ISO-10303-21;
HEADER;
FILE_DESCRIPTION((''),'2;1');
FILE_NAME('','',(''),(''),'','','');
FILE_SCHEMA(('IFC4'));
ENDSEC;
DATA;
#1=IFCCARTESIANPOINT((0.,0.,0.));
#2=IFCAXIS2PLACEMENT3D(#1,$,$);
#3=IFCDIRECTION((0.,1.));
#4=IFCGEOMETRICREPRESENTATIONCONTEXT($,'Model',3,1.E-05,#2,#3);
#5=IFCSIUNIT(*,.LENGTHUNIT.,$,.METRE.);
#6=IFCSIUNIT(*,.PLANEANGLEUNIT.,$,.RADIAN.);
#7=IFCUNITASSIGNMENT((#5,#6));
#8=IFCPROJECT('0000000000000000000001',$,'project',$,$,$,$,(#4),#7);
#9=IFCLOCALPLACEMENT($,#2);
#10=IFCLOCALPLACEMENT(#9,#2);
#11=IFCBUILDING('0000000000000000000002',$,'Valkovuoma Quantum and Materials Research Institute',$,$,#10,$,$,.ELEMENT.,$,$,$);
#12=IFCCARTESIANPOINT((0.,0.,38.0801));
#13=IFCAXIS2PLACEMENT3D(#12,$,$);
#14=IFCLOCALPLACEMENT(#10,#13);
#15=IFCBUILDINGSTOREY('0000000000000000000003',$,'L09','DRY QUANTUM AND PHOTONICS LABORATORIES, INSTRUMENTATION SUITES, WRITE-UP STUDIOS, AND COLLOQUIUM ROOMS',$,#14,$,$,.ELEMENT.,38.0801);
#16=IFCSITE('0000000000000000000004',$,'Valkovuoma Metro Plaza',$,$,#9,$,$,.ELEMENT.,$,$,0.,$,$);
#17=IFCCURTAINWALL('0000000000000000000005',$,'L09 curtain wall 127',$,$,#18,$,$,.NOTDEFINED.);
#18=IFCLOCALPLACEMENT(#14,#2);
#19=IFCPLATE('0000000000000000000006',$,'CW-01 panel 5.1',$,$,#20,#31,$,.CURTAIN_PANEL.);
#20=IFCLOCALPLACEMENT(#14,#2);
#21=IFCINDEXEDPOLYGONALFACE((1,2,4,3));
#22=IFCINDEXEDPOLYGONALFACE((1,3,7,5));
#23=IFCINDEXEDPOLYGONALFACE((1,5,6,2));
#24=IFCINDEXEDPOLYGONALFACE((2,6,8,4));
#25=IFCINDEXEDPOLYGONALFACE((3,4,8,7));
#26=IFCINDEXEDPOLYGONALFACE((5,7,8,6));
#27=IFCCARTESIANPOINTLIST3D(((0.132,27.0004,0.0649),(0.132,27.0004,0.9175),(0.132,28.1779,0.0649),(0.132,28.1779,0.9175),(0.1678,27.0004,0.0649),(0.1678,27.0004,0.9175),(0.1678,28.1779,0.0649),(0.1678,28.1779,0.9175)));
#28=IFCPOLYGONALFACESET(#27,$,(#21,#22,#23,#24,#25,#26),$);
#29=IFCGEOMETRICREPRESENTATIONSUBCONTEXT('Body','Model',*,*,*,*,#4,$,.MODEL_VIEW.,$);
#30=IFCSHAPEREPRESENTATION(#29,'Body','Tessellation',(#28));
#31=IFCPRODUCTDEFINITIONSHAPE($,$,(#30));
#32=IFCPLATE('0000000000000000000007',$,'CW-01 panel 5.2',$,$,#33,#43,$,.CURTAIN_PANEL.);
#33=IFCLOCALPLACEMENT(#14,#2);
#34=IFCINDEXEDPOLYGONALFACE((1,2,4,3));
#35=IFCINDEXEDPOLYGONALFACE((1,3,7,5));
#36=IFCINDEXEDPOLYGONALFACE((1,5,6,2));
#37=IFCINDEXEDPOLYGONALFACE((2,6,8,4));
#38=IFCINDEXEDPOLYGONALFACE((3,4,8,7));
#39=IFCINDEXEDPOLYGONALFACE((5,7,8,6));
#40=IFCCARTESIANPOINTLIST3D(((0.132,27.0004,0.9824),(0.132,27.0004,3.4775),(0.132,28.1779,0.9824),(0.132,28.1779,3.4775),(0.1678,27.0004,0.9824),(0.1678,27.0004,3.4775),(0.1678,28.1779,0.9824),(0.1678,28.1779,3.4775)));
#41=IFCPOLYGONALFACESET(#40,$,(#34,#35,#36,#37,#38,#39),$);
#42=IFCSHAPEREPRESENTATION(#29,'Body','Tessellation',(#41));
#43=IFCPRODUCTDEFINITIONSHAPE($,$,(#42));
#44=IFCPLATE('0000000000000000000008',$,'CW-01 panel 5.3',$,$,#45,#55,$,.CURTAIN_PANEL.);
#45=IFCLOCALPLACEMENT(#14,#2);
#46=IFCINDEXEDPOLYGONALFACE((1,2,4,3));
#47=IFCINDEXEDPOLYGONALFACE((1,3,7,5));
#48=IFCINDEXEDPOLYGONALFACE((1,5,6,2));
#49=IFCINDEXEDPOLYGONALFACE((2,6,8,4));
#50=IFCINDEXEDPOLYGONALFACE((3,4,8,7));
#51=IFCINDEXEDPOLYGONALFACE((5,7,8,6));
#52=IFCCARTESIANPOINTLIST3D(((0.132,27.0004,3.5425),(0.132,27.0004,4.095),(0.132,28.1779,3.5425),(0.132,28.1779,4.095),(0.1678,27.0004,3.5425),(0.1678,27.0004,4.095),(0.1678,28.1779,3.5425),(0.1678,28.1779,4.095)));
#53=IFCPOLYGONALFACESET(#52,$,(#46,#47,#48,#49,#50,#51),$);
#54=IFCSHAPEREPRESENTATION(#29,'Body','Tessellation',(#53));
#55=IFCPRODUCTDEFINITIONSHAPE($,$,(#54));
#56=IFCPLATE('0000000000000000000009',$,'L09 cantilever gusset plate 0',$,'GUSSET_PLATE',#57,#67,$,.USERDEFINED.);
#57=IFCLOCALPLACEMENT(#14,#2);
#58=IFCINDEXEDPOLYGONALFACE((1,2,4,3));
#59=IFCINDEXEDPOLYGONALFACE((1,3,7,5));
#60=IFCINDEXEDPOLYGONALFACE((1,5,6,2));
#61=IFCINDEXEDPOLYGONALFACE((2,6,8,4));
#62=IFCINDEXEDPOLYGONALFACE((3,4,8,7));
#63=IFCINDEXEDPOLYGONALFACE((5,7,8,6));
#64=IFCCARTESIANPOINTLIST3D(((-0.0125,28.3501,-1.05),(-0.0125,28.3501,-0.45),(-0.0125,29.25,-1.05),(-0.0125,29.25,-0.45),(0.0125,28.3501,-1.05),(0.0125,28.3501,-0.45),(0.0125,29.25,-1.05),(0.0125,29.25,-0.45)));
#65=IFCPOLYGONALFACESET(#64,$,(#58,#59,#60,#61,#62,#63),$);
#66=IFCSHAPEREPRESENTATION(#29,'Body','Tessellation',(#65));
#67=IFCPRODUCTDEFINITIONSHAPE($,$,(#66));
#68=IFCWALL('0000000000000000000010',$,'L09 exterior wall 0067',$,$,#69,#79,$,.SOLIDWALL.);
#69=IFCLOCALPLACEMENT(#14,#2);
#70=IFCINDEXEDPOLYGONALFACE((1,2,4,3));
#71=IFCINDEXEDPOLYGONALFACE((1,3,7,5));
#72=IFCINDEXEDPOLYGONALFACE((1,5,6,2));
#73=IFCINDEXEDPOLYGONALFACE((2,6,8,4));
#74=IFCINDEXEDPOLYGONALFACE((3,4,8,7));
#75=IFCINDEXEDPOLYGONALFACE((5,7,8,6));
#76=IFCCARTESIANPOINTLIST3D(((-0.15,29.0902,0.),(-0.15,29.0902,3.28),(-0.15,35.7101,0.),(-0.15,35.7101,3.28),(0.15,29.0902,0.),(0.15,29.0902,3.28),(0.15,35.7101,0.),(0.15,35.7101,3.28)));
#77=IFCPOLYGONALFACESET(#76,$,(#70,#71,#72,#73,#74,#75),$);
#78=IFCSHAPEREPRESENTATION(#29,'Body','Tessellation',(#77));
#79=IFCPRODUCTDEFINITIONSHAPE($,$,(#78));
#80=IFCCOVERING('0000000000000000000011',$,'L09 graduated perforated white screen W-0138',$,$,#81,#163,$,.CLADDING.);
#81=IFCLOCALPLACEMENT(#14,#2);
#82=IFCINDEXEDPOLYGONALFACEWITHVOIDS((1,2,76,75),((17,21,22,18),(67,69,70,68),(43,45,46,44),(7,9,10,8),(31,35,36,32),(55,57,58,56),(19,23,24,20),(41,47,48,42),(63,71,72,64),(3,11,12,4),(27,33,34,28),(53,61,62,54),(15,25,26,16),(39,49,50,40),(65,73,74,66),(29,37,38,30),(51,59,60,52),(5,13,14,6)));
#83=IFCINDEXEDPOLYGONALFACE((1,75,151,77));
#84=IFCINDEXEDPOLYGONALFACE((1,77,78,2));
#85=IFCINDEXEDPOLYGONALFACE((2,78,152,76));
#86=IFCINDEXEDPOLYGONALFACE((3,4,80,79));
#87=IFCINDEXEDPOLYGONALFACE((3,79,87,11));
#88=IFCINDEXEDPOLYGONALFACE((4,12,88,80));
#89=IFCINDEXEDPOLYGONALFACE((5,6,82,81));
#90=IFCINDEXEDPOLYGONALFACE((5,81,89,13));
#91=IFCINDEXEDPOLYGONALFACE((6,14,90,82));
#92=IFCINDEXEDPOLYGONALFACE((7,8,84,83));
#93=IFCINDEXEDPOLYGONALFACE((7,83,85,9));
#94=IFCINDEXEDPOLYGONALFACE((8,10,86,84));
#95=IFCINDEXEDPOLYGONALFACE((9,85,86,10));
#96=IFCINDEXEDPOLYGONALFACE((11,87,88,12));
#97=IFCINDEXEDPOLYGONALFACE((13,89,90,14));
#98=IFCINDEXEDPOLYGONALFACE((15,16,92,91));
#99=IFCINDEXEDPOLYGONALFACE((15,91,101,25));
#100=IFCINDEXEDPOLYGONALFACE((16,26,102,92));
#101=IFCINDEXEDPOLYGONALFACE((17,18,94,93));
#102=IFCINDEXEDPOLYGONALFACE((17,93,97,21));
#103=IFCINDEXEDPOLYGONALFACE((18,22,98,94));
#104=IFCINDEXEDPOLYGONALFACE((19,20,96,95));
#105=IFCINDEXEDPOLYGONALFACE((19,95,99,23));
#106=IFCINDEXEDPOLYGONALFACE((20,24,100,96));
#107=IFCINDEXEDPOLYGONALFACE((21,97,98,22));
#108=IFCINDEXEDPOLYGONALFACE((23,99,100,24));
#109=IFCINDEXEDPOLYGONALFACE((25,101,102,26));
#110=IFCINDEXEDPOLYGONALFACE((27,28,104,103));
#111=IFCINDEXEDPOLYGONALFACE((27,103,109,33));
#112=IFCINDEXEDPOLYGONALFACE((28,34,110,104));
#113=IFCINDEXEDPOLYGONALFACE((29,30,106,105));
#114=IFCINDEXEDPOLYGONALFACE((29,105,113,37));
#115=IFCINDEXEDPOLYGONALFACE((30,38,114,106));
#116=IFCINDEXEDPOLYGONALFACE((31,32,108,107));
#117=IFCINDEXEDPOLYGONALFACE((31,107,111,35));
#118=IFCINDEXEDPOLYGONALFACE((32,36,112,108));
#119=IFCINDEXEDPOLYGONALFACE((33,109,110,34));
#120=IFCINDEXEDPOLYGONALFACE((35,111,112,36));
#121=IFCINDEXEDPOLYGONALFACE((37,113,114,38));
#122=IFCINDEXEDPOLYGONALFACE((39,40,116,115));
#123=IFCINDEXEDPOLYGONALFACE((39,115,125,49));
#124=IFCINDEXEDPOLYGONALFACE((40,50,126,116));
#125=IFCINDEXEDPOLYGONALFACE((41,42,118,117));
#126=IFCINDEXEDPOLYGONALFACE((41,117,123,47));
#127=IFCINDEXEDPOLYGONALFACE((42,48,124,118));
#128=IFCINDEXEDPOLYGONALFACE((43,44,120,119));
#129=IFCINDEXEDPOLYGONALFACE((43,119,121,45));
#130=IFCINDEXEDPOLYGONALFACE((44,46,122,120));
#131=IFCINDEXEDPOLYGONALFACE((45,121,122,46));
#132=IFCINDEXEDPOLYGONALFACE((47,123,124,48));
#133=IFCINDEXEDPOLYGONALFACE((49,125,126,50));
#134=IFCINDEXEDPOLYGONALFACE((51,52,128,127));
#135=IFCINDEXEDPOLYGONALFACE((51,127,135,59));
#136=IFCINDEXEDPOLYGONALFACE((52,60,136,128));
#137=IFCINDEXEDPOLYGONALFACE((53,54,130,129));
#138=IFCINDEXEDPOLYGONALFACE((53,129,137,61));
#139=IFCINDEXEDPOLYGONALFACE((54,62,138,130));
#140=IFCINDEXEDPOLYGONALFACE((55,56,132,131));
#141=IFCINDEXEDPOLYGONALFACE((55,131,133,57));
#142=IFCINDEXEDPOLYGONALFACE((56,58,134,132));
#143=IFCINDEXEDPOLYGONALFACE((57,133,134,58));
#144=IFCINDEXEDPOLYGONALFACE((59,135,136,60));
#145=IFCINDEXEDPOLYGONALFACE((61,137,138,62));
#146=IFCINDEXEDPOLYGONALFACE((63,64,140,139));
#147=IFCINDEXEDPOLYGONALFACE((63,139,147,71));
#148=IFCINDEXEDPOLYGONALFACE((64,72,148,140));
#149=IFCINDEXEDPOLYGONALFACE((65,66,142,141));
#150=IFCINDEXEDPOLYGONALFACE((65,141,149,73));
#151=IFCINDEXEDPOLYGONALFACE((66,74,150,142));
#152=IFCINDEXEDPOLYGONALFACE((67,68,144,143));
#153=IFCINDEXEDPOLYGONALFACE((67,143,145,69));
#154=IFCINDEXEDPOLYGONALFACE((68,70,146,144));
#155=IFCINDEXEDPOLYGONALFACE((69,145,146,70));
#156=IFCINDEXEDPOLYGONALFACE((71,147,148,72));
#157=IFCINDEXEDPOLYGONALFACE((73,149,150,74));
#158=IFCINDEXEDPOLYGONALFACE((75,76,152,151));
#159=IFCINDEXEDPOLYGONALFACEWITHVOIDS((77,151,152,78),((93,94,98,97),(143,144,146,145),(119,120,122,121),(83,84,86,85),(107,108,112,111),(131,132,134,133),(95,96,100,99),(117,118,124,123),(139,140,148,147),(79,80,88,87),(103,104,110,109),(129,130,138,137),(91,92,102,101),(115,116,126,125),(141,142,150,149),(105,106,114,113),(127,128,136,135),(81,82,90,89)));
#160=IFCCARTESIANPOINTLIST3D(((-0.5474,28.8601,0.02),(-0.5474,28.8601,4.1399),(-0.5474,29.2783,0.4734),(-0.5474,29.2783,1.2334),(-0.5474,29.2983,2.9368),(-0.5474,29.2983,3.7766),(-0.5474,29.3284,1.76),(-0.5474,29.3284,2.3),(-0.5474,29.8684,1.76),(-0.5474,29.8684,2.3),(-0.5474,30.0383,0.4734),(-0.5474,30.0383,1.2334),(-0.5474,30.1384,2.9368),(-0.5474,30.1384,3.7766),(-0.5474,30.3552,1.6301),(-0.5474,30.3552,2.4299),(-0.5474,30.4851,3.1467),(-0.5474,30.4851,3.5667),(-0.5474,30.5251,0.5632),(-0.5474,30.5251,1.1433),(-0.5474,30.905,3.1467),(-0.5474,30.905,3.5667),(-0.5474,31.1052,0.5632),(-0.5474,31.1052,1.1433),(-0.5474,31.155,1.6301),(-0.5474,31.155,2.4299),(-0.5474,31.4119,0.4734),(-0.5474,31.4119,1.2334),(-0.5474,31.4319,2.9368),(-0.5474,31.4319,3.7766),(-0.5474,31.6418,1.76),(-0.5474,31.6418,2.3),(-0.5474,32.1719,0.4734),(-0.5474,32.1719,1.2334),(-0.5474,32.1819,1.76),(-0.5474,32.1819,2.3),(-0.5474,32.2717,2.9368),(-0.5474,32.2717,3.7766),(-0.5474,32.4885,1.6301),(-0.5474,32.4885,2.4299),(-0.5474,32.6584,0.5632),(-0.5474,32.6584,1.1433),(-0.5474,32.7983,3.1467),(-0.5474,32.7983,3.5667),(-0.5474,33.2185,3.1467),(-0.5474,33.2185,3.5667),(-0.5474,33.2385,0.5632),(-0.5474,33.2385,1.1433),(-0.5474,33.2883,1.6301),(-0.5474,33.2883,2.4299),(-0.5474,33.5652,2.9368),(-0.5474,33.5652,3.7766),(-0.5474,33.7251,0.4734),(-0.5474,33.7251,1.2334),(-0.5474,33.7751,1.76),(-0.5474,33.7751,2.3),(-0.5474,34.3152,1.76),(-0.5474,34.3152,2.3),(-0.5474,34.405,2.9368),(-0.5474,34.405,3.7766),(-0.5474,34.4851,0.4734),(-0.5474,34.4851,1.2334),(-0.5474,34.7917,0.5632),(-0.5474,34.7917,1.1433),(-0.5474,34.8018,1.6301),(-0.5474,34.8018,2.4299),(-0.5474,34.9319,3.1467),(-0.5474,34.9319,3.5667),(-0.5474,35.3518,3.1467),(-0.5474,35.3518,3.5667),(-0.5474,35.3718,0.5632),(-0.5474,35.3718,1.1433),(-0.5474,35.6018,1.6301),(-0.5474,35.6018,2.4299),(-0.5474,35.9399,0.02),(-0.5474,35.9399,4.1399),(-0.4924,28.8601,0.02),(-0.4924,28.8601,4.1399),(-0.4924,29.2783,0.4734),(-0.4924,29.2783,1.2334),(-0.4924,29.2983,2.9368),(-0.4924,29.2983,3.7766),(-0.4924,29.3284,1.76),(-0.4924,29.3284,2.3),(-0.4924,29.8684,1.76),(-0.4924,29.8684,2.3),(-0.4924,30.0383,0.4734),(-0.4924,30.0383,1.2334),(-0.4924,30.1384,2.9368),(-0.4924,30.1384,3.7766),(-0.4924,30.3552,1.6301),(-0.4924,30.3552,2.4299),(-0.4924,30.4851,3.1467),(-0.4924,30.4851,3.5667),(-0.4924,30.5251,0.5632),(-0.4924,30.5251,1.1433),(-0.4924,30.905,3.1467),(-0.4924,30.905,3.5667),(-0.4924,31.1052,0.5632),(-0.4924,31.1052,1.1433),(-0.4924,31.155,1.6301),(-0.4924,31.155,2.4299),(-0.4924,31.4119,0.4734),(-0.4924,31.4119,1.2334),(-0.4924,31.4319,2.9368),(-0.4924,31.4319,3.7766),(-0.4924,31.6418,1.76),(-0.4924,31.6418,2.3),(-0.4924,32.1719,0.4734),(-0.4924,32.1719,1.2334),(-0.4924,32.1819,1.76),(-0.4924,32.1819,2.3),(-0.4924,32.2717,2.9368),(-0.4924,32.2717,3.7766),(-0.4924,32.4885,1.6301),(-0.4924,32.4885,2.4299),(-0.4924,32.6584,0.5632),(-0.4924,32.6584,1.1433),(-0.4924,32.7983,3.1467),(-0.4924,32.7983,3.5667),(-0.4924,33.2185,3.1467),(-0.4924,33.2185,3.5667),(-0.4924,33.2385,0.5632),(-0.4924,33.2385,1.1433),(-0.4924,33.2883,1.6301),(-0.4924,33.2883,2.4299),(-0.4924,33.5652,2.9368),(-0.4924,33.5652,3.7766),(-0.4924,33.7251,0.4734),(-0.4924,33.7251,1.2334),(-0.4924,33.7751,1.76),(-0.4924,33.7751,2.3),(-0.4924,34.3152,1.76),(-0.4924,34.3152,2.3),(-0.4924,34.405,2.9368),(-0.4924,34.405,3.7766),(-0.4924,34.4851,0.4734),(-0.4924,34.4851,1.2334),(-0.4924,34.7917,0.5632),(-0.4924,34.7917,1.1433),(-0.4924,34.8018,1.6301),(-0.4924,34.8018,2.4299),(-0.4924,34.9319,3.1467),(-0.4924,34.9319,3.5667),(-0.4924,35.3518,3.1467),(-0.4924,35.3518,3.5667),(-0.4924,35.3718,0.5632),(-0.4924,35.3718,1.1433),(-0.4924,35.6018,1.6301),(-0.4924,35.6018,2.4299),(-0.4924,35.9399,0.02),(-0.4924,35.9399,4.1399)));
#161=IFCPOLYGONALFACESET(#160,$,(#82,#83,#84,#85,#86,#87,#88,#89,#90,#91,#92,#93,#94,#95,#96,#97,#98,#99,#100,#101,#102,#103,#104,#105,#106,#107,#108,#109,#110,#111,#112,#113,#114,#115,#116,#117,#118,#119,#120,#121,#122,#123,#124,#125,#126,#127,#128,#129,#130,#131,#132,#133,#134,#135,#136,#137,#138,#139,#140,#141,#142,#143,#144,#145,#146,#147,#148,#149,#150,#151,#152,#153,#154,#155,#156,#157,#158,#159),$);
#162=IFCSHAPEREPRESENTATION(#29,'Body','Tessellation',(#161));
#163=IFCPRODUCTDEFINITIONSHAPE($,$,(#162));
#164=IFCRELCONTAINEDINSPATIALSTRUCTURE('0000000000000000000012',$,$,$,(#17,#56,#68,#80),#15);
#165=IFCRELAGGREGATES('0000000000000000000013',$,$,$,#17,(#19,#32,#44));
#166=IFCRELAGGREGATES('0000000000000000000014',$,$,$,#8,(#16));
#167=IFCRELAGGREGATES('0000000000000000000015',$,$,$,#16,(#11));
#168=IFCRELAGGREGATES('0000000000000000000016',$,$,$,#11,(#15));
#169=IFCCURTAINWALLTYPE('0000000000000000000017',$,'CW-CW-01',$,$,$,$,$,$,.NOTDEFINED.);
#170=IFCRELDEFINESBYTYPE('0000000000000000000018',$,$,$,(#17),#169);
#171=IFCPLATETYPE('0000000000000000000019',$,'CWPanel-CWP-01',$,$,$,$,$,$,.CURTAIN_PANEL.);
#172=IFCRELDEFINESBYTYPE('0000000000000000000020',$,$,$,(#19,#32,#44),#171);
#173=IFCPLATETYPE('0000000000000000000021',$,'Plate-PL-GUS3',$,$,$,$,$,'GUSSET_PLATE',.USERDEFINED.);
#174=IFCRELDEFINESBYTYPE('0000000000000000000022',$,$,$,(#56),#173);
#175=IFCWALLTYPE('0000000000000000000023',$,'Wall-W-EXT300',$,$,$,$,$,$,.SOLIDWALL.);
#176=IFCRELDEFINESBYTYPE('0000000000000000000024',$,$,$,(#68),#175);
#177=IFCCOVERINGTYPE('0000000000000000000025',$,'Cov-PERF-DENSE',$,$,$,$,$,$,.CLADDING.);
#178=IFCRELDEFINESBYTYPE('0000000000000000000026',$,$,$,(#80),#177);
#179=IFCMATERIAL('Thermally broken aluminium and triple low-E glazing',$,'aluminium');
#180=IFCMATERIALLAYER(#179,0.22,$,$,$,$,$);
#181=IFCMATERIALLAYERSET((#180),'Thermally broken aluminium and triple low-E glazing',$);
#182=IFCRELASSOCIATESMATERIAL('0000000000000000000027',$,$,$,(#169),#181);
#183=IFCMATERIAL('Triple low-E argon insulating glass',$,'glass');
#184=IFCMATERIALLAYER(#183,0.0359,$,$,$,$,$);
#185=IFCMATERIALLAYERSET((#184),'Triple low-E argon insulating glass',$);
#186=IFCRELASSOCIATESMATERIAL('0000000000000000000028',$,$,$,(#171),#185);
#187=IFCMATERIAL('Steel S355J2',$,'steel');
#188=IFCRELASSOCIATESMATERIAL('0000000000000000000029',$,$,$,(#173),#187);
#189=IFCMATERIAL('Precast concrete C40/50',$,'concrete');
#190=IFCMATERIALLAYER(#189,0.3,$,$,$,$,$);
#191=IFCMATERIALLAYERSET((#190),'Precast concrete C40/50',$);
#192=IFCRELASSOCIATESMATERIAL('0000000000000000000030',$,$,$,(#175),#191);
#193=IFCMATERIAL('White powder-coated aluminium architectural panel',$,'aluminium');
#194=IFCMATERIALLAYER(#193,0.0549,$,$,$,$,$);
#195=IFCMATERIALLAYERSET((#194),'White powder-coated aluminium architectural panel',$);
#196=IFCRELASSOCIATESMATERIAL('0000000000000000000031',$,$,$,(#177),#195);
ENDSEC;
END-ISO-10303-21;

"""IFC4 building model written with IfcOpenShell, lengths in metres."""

from ifc_helpers import new_model, si_unit, direction, frame, frame_2d, origin, origin_2d, place, context, subcontext, project, spatial, polyline, rectangle, outline, extrude, material, layer, layer_set, type_object, element, aggregate, save


model = new_model("IFC4")

# Units and contexts
model_context = context("Model", 3, precision=1e-05, world=origin(), true_north=direction((0.0, 1.0)))
body_context = subcontext(model_context, "Body", "Model", "MODEL_VIEW")
ifc_project = project(units=[si_unit("LENGTHUNIT", "METRE"), si_unit("PLANEANGLEUNIT", "RADIAN")], contexts=[model_context])

# Site, building, storey
site_placement = place(None, origin())
site = spatial("IfcSite", under=ifc_project, at=site_placement, Name="Valkovuoma Metro Plaza", CompositionType="ELEMENT", RefElevation=0.0)
building_placement = place(site_placement, origin())
building = spatial("IfcBuilding", under=site, at=building_placement, Name="Valkovuoma Quantum and Materials Research Institute", CompositionType="ELEMENT")
storey_placement = place(building_placement, frame((0.0, 0.0, 38.0801)))
storey = spatial("IfcBuildingStorey", under=building, at=storey_placement, Name="L09", Description="DRY QUANTUM AND PHOTONICS LABORATORIES, INSTRUMENTATION SUITES, WRITE-UP STUDIOS, AND COLLOQUIUM ROOMS", CompositionType="ELEMENT", Elevation=38.0801)

# Curtain wall
ifc_material_1 = material(Name="Thermally broken aluminium and triple low-E glazing", Category="aluminium")
ifc_layer_1 = layer(ifc_material_1, 0.22)
ifc_layer_set_1 = layer_set([ifc_layer_1], Name="Thermally broken aluminium and triple low-E glazing")
curtain_wall_type = type_object("IfcCurtainWallType", Name="CW-CW-01", PredefinedType="NOTDEFINED", material=ifc_layer_set_1)
curtain_wall_placement = place(storey_placement, origin())
curtain_wall = element("IfcCurtainWall", 1, at=curtain_wall_placement, inside=storey, type_object=curtain_wall_type, Name="L09 curtain wall 127", PredefinedType="NOTDEFINED")

# Plates
ifc_material_2 = material(Name="Triple low-E argon insulating glass", Category="glass")
ifc_layer_2 = layer(ifc_material_2, 0.0359)
ifc_layer_set_2 = layer_set([ifc_layer_2], Name="Triple low-E argon insulating glass")
plate_type_1 = type_object("IfcPlateType", Name="CWPanel-CWP-01", PredefinedType="CURTAIN_PANEL", material=ifc_layer_set_2)
plate_1_placement = place(storey_placement, frame((0.1499, 27.5891, 0.0649), z_axis=(0.0, 0.0, 1.0), x_axis=(0.0, 1.0, 0.0)))
plate_1 = element("IfcPlate", 2, at=plate_1_placement, type_object=plate_type_1, Name="CW-01 panel 5.1", PredefinedType="CURTAIN_PANEL", context=body_context, shape_type="SweptSolid", body=[
    extrude(rectangle(XDim=1.1775, YDim=0.0359, at=origin_2d()), origin(), (0.0, 0.0, 1.0), 0.8525),
])
plate_2_placement = place(storey_placement, frame((0.1499, 27.5891, 0.9824), z_axis=(0.0, 0.0, 1.0), x_axis=(0.0, 1.0, 0.0)))
plate_2 = element("IfcPlate", 3, at=plate_2_placement, type_object=plate_type_1, Name="CW-01 panel 5.2", PredefinedType="CURTAIN_PANEL", context=body_context, shape_type="SweptSolid", body=[
    extrude(rectangle(XDim=1.1775, YDim=0.0359, at=origin_2d()), origin(), (0.0, 0.0, 1.0), 2.4951),
])
plate_3_placement = place(storey_placement, frame((0.1499, 27.5891, 3.5425), z_axis=(0.0, 0.0, 1.0), x_axis=(0.0, 1.0, 0.0)))
plate_3 = element("IfcPlate", 4, at=plate_3_placement, type_object=plate_type_1, Name="CW-01 panel 5.3", PredefinedType="CURTAIN_PANEL", context=body_context, shape_type="SweptSolid", body=[
    extrude(rectangle(XDim=1.1775, YDim=0.0359, at=origin_2d()), origin(), (0.0, 0.0, 1.0), 0.5525),
])
aggregate(curtain_wall, [plate_1, plate_2, plate_3])
ifc_material_3 = material(Name="Steel S355J2", Category="steel")
plate_type_2 = type_object("IfcPlateType", Name="Plate-PL-GUS3", ElementType="GUSSET_PLATE", PredefinedType="USERDEFINED", material=ifc_material_3)
plate_4_placement = place(storey_placement, frame((0.0, 28.8, -1.05), z_axis=(0.0, 0.0, 1.0), x_axis=(0.0, 1.0, 0.0)))
element("IfcPlate", 5, at=plate_4_placement, inside=storey, type_object=plate_type_2, Name="L09 cantilever gusset plate 0", ObjectType="GUSSET_PLATE", PredefinedType="USERDEFINED", context=body_context, shape_type="SweptSolid", body=[
    extrude(rectangle(XDim=0.8999, YDim=0.0249, at=origin_2d()), origin(), (0.0, 0.0, 1.0), 0.6001),
])

# Wall
ifc_material_4 = material(Name="Precast concrete C40/50", Category="concrete")
ifc_layer_3 = layer(ifc_material_4, 0.3)
ifc_layer_set_3 = layer_set([ifc_layer_3], Name="Precast concrete C40/50")
wall_type = type_object("IfcWallType", Name="Wall-W-EXT300", PredefinedType="SOLIDWALL", material=ifc_layer_set_3)
wall_placement = place(storey_placement, frame((0.0, 29.0901, 0.0), z_axis=(0.0, 0.0, 1.0), x_axis=(0.0, 1.0, 0.0)))
element("IfcWall", 6, at=wall_placement, inside=storey, type_object=wall_type, Name="L09 exterior wall 0067", PredefinedType="SOLIDWALL", context=body_context, shape_type="SweptSolid", body=[
    extrude(rectangle(XDim=6.6199, YDim=0.3, at=frame_2d((3.3101, 0.0))), origin(), (0.0, 0.0, 1.0), 3.28),
])

# Covering
ifc_material_5 = material(Name="White powder-coated aluminium architectural panel", Category="aluminium")
ifc_layer_4 = layer(ifc_material_5, 0.0549)
ifc_layer_set_4 = layer_set([ifc_layer_4], Name="White powder-coated aluminium architectural panel")
covering_type = type_object("IfcCoveringType", Name="Cov-PERF-DENSE", PredefinedType="CLADDING", material=ifc_layer_set_4)
covering_1_placement = place(storey_placement, frame((-0.52, 28.8601, 0.02), z_axis=(0.0, 0.0, 1.0), x_axis=(0.0, 1.0, 0.0)))
element("IfcCovering", 7, at=covering_1_placement, inside=storey, type_object=covering_type, Name="L09 graduated perforated white screen W-0138", PredefinedType="CLADDING", context=body_context, shape_type="SweptSolid", body=[
    extrude(outline(polyline([(0.0, 0.0), (7.0798, 0.0), (7.0798, 4.1199), (0.0, 4.1199), (0.0, 0.0)]), holes=[polyline([(0.4182, 0.4534), (0.4182, 1.2134), (1.1782, 1.2134), (1.1782, 0.4534), (0.4182, 0.4534)]), polyline([(0.4683, 1.74), (0.4683, 2.28), (1.0083, 2.28), (1.0083, 1.74), (0.4683, 1.74)]), polyline([(0.4382, 2.9167), (0.4382, 3.7566), (1.2783, 3.7566), (1.2783, 2.9167), (0.4382, 2.9167)]), polyline([(1.665, 0.5432), (1.665, 1.1233), (2.2451, 1.1233), (2.2451, 0.5432), (1.665, 0.5432)]), polyline([(1.4951, 1.6101), (1.4951, 2.4099), (2.2949, 2.4099), (2.2949, 1.6101), (1.4951, 1.6101)]), polyline([(1.625, 3.1267), (1.625, 3.5466), (2.0449, 3.5466), (2.0449, 3.1267), (1.625, 3.1267)]), polyline([(2.5518, 0.4534), (2.5518, 1.2134), (3.3118, 1.2134), (3.3118, 0.4534), (2.5518, 0.4534)]), polyline([(2.7817, 1.74), (2.7817, 2.28), (3.3218, 2.28), (3.3218, 1.74), (2.7817, 1.74)]), polyline([(2.5718, 2.9167), (2.5718, 3.7566), (3.4116, 3.7566), (3.4116, 2.9167), (2.5718, 2.9167)]), polyline([(3.7983, 0.5432), (3.7983, 1.1233), (4.3784, 1.1233), (4.3784, 0.5432), (3.7983, 0.5432)]), polyline([(3.6284, 1.6101), (3.6284, 2.4099), (4.4282, 2.4099), (4.4282, 1.6101), (3.6284, 1.6101)]), polyline([(3.9382, 3.1267), (3.9382, 3.5466), (4.3584, 3.5466), (4.3584, 3.1267), (3.9382, 3.1267)]), polyline([(4.865, 0.4534), (4.865, 1.2134), (5.625, 1.2134), (5.625, 0.4534), (4.865, 0.4534)]), polyline([(4.915, 1.74), (4.915, 2.28), (5.4551, 2.28), (5.4551, 1.74), (4.915, 1.74)]), polyline([(4.7051, 2.9167), (4.7051, 3.7566), (5.5449, 3.7566), (5.5449, 2.9167), (4.7051, 2.9167)]), polyline([(5.9316, 0.5432), (5.9316, 1.1233), (6.5117, 1.1233), (6.5117, 0.5432), (5.9316, 0.5432)]), polyline([(5.9417, 1.6101), (5.9417, 2.4099), (6.7417, 2.4099), (6.7417, 1.6101), (5.9417, 1.6101)]), polyline([(6.0718, 3.1267), (6.0718, 3.5466), (6.4917, 3.5466), (6.4917, 3.1267), (6.0718, 3.1267)])]), frame((0.0, 0.0273, 0.0), z_axis=(0.0, -1.0, 0.0), x_axis=(1.0, 0.0, 0.0)), (0.0, 0.0, 1.0), 0.0549),
])

save(model, "model.ifc")
